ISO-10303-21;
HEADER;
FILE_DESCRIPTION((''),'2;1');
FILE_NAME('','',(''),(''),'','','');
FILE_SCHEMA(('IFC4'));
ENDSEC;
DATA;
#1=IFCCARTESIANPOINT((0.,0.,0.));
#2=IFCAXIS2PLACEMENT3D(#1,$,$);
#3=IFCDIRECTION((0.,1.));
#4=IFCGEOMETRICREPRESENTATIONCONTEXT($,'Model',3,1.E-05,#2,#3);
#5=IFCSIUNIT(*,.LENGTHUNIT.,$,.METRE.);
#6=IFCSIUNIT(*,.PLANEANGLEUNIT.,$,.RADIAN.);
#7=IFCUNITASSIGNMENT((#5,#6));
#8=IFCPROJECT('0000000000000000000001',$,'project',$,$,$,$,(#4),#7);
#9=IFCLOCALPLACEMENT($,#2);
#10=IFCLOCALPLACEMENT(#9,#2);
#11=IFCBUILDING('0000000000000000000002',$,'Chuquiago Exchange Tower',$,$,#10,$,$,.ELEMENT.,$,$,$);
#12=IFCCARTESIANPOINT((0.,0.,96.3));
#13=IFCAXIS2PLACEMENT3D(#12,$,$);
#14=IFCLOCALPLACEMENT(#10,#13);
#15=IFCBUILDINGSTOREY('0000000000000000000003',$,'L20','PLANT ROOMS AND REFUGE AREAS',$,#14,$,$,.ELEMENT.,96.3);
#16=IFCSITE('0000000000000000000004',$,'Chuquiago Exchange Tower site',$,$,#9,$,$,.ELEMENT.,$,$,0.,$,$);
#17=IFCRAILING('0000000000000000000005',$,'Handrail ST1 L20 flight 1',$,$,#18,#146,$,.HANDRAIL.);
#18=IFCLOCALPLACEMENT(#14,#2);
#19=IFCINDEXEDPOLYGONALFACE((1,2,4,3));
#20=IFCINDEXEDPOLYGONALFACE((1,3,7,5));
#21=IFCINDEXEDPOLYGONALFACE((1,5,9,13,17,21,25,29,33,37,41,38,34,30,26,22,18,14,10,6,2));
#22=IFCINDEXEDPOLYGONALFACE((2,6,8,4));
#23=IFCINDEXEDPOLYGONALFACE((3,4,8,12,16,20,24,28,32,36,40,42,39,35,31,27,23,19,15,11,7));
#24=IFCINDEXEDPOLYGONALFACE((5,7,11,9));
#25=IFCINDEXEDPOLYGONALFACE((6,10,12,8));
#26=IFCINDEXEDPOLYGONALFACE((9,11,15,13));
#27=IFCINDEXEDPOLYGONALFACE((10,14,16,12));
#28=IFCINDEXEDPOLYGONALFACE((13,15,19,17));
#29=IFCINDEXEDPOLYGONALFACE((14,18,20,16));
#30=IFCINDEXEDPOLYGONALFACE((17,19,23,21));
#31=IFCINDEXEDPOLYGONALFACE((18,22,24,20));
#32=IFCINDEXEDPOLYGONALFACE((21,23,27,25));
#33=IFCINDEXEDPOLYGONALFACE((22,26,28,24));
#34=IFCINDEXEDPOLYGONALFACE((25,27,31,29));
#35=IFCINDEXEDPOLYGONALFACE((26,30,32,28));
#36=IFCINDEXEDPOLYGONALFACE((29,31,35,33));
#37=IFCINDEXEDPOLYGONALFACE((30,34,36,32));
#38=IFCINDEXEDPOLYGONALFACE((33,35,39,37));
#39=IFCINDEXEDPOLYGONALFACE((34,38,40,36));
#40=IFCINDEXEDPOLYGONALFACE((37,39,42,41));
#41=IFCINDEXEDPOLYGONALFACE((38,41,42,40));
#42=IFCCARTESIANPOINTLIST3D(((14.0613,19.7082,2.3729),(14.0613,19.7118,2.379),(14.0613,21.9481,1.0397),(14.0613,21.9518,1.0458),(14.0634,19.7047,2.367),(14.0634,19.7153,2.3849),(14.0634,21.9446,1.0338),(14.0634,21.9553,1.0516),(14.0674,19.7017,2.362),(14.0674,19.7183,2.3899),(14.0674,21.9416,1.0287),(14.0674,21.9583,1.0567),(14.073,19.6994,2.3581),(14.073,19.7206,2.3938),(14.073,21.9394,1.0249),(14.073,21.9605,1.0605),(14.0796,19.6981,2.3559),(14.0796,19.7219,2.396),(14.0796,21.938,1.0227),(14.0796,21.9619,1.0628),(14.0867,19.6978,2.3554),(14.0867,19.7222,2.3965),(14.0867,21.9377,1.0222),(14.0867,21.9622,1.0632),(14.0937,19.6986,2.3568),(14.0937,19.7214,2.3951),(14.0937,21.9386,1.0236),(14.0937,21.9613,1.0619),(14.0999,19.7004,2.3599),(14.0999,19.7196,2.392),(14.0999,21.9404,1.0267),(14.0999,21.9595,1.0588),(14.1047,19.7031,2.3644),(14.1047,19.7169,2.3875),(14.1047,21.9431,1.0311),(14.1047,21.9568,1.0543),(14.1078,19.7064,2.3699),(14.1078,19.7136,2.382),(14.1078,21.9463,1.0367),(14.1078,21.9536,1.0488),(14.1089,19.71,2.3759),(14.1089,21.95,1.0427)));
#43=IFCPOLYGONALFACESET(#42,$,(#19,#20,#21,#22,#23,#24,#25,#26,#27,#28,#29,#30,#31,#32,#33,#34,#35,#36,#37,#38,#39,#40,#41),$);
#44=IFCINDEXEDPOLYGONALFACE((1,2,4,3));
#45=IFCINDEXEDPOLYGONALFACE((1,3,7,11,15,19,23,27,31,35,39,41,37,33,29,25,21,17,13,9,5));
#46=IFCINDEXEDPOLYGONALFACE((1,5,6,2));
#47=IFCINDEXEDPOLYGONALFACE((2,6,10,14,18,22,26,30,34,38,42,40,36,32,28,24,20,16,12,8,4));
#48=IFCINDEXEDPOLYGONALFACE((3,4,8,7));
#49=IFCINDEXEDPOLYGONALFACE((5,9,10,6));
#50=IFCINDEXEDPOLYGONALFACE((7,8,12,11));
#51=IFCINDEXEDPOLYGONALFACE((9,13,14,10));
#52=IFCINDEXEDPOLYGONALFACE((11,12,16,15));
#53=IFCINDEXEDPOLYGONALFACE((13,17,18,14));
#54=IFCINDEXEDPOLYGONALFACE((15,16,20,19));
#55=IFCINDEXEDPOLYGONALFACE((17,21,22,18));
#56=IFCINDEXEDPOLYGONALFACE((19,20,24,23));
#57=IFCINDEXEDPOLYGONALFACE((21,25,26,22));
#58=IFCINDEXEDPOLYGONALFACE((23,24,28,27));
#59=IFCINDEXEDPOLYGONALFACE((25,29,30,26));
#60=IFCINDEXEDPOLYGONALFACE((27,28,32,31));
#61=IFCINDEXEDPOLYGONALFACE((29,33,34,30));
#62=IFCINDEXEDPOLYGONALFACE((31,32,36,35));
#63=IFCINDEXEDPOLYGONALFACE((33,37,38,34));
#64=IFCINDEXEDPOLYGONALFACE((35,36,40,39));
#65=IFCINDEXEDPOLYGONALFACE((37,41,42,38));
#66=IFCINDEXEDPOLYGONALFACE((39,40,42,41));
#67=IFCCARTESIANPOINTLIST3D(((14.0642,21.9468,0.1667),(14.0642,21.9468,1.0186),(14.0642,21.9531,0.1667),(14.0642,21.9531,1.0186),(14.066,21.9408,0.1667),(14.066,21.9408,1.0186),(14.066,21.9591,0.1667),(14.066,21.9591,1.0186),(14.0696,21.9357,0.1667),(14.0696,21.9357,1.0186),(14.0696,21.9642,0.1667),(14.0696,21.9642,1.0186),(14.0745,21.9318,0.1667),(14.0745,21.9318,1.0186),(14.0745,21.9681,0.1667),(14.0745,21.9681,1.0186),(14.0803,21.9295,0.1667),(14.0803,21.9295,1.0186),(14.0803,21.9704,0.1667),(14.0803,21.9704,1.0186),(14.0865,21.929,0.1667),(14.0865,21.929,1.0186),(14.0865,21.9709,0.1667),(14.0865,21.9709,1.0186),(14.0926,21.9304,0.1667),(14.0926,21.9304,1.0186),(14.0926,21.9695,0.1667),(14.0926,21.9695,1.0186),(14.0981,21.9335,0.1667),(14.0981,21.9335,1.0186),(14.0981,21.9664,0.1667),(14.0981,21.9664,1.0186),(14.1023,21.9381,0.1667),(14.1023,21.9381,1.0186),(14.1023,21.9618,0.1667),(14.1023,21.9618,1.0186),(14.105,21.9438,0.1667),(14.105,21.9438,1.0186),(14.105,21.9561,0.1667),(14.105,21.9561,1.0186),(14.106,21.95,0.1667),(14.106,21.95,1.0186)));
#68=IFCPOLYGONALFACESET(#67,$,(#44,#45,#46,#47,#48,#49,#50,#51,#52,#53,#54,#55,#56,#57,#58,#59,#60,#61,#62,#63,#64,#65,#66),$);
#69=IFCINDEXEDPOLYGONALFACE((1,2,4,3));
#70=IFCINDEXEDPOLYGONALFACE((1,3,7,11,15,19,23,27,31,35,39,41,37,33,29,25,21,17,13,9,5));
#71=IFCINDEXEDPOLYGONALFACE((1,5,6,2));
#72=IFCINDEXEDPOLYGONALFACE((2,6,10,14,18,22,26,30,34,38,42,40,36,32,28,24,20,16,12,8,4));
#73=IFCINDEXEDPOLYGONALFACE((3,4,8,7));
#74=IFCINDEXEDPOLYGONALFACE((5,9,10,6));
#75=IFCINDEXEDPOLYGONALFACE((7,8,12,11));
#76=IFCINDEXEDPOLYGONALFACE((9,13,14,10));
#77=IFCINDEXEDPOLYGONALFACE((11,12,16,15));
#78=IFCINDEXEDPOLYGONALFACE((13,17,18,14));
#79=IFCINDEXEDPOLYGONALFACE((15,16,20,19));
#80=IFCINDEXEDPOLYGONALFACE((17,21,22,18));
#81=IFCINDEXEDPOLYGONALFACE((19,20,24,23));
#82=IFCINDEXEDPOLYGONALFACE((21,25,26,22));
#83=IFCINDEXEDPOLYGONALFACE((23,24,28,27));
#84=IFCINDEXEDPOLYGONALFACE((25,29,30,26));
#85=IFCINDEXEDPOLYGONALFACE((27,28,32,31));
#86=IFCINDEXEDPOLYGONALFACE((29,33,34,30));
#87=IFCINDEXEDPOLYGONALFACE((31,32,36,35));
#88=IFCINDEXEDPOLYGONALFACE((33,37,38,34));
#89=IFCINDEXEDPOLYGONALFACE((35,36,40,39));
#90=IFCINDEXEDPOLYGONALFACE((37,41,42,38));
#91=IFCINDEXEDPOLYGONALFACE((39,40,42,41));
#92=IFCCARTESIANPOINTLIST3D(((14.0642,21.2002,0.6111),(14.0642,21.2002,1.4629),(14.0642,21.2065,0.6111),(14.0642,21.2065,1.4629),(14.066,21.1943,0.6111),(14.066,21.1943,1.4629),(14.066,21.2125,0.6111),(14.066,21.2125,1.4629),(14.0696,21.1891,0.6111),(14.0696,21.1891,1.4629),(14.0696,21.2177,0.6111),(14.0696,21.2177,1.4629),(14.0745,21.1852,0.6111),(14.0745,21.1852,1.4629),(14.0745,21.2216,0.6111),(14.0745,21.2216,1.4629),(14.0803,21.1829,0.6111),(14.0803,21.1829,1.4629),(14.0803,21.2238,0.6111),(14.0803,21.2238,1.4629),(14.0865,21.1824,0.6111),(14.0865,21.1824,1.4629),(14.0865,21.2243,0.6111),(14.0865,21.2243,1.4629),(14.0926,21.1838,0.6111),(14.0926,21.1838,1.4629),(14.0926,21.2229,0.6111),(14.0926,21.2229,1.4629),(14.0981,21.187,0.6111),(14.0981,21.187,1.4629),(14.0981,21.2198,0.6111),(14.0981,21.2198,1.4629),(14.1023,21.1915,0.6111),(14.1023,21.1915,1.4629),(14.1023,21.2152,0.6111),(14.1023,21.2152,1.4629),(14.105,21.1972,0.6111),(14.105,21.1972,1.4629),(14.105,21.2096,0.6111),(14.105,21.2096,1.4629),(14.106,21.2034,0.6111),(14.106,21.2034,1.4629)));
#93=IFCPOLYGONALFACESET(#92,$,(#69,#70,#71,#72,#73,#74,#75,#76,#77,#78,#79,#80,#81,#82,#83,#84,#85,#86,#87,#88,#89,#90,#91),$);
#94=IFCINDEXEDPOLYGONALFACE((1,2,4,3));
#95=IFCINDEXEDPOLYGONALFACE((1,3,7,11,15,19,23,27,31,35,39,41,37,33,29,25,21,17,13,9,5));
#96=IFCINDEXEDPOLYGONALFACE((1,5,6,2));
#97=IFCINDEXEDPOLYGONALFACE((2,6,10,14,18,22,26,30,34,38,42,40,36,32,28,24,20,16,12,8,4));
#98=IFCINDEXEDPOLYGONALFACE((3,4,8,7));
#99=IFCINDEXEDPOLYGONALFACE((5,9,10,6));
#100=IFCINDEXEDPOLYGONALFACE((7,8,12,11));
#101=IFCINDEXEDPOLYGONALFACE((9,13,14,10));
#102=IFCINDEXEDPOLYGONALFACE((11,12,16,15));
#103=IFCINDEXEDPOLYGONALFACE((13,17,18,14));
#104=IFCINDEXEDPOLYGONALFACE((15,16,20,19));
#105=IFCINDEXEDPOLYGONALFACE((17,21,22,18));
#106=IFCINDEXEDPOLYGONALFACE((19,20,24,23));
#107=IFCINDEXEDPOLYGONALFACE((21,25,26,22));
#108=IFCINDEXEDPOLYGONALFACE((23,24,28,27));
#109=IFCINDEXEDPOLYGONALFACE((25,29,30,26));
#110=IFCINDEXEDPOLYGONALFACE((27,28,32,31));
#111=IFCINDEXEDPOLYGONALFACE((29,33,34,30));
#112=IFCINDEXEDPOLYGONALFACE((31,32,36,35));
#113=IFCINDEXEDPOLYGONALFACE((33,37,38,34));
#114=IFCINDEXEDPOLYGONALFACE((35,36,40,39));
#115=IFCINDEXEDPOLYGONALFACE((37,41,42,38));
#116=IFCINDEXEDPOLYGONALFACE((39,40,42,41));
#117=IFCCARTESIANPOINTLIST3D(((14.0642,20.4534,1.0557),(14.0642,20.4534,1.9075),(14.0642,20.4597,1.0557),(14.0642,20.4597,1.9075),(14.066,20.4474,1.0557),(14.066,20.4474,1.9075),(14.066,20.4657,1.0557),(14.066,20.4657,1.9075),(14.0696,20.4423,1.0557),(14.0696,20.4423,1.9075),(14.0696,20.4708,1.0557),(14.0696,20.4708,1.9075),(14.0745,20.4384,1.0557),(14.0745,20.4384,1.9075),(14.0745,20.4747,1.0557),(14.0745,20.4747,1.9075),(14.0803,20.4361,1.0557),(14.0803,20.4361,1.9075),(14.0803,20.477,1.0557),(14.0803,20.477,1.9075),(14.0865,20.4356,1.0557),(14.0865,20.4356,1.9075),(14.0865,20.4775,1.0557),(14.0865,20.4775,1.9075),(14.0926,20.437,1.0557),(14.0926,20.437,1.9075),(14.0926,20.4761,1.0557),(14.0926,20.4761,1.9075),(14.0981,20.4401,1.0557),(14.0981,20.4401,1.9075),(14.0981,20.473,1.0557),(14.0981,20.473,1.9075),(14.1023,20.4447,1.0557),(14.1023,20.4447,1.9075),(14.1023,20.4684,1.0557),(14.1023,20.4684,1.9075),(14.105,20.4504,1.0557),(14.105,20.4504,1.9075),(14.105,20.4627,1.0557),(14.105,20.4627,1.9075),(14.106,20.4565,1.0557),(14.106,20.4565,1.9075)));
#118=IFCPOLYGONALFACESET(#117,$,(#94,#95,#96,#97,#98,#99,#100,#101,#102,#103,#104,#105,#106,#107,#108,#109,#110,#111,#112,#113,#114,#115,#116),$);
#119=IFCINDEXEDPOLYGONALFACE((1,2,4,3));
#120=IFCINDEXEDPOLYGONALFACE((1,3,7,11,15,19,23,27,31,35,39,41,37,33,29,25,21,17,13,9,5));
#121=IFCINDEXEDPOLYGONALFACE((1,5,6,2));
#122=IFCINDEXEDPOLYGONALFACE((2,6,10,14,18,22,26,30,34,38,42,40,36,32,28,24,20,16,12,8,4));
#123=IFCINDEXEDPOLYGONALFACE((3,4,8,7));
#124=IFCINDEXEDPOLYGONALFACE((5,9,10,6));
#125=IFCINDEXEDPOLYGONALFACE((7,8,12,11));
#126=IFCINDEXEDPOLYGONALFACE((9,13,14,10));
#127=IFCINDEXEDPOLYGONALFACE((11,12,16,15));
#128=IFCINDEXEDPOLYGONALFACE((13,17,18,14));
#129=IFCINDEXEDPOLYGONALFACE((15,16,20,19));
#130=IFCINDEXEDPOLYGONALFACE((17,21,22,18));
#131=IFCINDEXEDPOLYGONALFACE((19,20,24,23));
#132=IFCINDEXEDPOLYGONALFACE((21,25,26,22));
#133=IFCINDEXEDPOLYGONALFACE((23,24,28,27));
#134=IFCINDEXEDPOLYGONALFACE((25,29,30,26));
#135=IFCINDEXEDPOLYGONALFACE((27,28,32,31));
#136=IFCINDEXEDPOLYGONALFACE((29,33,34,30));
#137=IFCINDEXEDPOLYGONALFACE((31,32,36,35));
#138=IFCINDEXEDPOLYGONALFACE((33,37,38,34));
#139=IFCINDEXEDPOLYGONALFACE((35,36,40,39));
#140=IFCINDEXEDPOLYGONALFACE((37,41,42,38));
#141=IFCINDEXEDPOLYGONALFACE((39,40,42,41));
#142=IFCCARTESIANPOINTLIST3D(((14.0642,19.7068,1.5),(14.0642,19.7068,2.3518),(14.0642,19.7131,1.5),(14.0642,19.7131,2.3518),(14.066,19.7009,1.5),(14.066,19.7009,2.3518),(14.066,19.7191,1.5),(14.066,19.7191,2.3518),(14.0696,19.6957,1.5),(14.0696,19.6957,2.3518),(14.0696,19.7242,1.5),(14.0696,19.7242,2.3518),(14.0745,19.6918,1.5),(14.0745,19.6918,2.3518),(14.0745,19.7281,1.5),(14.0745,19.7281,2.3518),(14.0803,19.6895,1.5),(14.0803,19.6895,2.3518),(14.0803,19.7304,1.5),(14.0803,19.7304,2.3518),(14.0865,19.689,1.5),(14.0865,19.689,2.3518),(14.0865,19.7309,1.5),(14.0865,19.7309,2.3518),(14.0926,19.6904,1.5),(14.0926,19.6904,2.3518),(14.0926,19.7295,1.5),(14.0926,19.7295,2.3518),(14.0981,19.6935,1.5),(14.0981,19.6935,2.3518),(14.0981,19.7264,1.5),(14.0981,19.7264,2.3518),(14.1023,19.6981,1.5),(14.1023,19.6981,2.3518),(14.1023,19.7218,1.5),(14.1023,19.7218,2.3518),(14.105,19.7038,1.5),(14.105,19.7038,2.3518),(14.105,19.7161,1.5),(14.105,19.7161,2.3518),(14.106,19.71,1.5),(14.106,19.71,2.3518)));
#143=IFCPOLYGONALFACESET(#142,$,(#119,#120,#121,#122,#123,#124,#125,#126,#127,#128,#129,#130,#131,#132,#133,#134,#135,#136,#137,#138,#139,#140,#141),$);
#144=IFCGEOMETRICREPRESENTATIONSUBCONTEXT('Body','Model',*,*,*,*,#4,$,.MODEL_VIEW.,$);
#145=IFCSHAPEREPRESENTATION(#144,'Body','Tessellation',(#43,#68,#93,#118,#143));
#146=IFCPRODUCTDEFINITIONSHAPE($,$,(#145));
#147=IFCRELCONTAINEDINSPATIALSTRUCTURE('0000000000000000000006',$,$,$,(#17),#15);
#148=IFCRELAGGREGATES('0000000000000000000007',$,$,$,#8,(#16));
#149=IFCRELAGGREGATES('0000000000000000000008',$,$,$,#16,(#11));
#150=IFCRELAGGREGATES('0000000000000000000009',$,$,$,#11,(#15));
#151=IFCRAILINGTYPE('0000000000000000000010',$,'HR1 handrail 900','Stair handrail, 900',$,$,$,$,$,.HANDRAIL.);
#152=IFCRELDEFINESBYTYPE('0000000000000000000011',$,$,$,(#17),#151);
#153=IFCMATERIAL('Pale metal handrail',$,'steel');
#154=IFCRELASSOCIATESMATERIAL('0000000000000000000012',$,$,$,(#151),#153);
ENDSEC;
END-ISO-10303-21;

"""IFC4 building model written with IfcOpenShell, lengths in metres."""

from ifc_helpers import new_model, si_unit, direction, frame, origin, origin_2d, place, context, subcontext, project, spatial, circle, extrude, material, type_object, element, save


model = new_model("IFC4")

# Units and contexts
model_context = context("Model", 3, precision=1e-05, world=origin(), true_north=direction((0.0, 1.0)))
body_context = subcontext(model_context, "Body", "Model", "MODEL_VIEW")
ifc_project = project(units=[si_unit("LENGTHUNIT", "METRE"), si_unit("PLANEANGLEUNIT", "RADIAN")], contexts=[model_context])

# Site, building, storey
site_placement = place(None, origin())
site = spatial("IfcSite", under=ifc_project, at=site_placement, Name="Chuquiago Exchange Tower site", CompositionType="ELEMENT", RefElevation=0.0)
building_placement = place(site_placement, origin())
building = spatial("IfcBuilding", under=site, at=building_placement, Name="Chuquiago Exchange Tower", CompositionType="ELEMENT")
storey_placement = place(building_placement, frame((0.0, 0.0, 96.3)))
storey = spatial("IfcBuildingStorey", under=building, at=storey_placement, Name="L20", Description="PLANT ROOMS AND REFUGE AREAS", CompositionType="ELEMENT", Elevation=96.3)

# Railing
ifc_material_1 = material(Name="Pale metal handrail", Category="steel")
railing_type_1 = type_object("IfcRailingType", Name="HR1 handrail 900", Description="Stair handrail, 900", PredefinedType="HANDRAIL", material=ifc_material_1)
for number, where, name in (
    (1, (14.085, 21.95, 0.1667), "Handrail ST1 L20 flight 1"),
):
    element("IfcRailing", number, at=place(storey_placement, frame(where)), inside=storey, type_object=railing_type_1, Name=name, PredefinedType="HANDRAIL", context=body_context, shape_type="SweptSolid", body=[
        extrude(circle(Radius=0.0239, at=origin_2d()), frame((0.0, 0.0, 0.876), z_axis=(0.0, -0.859306, 0.511462), x_axis=(1.0, 0.0, 0.0)), (0.0, 0.0, 1.0), 2.6067),
        extrude(circle(Radius=0.021, at=origin_2d()), origin(), (0.0, 0.0, 1.0), 0.8518),
        extrude(circle(Radius=0.021, at=origin_2d()), frame((0.0, -0.7466, 0.4443)), (0.0, 0.0, 1.0), 0.8518),
        extrude(circle(Radius=0.021, at=origin_2d()), frame((0.0, -1.4934, 0.8889)), (0.0, 0.0, 1.0), 0.8518),
        extrude(circle(Radius=0.021, at=origin_2d()), frame((0.0, -2.24, 1.3333)), (0.0, 0.0, 1.0), 0.8518),
    ])

save(model, "model.ifc")
